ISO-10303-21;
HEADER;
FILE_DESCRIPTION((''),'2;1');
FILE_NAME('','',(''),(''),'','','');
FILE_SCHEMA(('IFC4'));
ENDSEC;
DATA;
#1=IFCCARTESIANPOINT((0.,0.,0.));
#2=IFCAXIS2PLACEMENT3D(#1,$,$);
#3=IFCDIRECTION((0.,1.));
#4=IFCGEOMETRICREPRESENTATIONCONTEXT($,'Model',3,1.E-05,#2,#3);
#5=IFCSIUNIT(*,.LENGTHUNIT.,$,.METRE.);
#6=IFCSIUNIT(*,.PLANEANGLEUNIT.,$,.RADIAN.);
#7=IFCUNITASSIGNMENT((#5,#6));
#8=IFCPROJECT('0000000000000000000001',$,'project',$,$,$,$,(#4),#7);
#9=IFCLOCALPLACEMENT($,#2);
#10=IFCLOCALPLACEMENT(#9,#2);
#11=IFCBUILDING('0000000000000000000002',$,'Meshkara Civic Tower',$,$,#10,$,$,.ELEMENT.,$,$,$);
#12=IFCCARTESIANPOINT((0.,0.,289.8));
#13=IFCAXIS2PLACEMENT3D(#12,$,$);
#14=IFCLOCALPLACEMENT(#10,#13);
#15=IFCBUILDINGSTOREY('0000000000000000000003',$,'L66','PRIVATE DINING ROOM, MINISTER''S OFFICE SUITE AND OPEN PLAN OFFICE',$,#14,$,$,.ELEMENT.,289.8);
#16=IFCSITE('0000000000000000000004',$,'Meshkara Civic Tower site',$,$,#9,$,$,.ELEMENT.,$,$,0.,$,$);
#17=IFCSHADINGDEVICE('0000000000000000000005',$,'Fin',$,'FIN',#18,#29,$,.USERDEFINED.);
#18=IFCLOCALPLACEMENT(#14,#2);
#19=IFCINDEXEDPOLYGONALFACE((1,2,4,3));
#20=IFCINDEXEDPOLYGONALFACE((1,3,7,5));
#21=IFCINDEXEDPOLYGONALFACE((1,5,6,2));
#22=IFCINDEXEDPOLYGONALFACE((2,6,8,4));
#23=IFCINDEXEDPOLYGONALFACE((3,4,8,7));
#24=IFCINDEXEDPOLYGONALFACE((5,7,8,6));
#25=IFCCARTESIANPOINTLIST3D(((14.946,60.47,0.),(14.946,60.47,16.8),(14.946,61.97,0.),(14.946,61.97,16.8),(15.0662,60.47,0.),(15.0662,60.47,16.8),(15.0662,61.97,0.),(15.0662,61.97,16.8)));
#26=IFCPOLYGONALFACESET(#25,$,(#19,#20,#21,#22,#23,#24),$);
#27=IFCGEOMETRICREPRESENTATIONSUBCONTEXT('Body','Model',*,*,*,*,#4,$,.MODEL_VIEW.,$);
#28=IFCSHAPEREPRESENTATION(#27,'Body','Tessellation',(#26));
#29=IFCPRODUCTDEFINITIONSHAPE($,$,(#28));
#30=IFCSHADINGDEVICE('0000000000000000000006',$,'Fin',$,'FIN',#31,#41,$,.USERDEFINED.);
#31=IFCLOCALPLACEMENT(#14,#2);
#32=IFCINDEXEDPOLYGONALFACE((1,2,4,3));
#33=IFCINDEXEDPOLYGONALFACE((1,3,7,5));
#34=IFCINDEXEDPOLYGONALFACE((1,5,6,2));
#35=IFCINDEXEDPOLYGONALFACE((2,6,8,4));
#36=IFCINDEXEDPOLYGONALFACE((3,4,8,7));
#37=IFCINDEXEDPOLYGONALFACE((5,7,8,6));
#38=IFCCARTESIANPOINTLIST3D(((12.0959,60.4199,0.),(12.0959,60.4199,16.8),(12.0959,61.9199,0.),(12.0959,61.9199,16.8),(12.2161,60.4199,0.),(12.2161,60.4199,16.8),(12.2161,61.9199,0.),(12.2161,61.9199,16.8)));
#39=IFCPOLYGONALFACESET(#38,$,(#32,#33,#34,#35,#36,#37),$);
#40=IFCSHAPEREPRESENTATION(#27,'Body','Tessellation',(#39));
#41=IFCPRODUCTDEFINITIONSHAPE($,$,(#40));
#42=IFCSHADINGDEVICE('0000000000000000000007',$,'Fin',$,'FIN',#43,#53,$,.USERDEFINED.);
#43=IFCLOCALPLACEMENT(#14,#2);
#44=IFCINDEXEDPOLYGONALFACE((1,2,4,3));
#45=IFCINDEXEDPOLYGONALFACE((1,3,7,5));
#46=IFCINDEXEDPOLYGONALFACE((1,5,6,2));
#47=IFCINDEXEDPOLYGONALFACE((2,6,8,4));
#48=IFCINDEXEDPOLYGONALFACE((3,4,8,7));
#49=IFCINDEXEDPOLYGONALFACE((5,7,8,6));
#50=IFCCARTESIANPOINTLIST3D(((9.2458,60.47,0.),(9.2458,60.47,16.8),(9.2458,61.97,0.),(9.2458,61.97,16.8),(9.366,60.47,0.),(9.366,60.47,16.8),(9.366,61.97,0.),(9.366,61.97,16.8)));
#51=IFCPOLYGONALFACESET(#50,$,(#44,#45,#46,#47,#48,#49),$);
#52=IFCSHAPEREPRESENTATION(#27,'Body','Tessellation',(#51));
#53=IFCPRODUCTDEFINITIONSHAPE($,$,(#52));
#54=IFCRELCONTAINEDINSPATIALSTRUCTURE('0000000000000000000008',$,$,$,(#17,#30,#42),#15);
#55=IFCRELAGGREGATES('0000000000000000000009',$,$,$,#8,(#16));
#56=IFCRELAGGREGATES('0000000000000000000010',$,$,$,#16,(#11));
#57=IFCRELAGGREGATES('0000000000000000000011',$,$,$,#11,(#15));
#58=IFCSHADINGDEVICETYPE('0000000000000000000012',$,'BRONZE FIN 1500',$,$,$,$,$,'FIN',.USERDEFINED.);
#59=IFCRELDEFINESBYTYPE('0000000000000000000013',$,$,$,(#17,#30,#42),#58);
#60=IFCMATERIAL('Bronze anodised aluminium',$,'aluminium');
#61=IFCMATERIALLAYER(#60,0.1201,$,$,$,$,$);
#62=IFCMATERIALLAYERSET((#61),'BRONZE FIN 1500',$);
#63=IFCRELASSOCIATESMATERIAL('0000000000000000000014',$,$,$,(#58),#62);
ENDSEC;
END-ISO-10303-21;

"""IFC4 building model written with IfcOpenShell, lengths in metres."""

from ifc_helpers import new_model, si_unit, direction, frame, origin, origin_2d, place, context, subcontext, project, spatial, rectangle, extrude, material, layer, layer_set, type_object, element, save


model = new_model("IFC4")

# Units and contexts
model_context = context("Model", 3, precision=1e-05, world=origin(), true_north=direction((0.0, 1.0)))
body_context = subcontext(model_context, "Body", "Model", "MODEL_VIEW")
ifc_project = project(units=[si_unit("LENGTHUNIT", "METRE"), si_unit("PLANEANGLEUNIT", "RADIAN")], contexts=[model_context])

# Site, building, storey
site_placement = place(None, origin())
site = spatial("IfcSite", under=ifc_project, at=site_placement, Name="Meshkara Civic Tower site", CompositionType="ELEMENT", RefElevation=0.0)
building_placement = place(site_placement, origin())
building = spatial("IfcBuilding", under=site, at=building_placement, Name="Meshkara Civic Tower", CompositionType="ELEMENT")
storey_placement = place(building_placement, frame((0.0, 0.0, 289.8)))
storey = spatial("IfcBuildingStorey", under=building, at=storey_placement, Name="L66", Description="PRIVATE DINING ROOM, MINISTER'S OFFICE SUITE AND OPEN PLAN OFFICE", CompositionType="ELEMENT", Elevation=289.8)

# Shading devices
ifc_material_1 = material(Name="Bronze anodised aluminium", Category="aluminium")
ifc_layer_1 = layer(ifc_material_1, 0.1201)
ifc_layer_set_1 = layer_set([ifc_layer_1], Name="BRONZE FIN 1500")
shading_device_type = type_object("IfcShadingDeviceType", Name="BRONZE FIN 1500", ElementType="FIN", PredefinedType="USERDEFINED", material=ifc_layer_set_1)
for number, where, z_axis, x_axis, name in (
    (1, (15.0061, 61.22, 0.0), (0.0, 0.0, 1.0), (-1.0, 0.0, 0.0), "Fin"),
    (2, (12.156, 61.1699, 0.0), (0.0, 0.0, 1.0), (-1.0, 0.0, 0.0), "Fin"),
    (3, (9.3059, 61.22, 0.0), (0.0, 0.0, 1.0), (-1.0, 0.0, 0.0), "Fin"),
):
    element("IfcShadingDevice", number, at=place(storey_placement, frame(where, z_axis=z_axis, x_axis=x_axis)), inside=storey, type_object=shading_device_type, Name=name, ObjectType="FIN", PredefinedType="USERDEFINED", context=body_context, shape_type="SweptSolid", body=[
        extrude(rectangle(XDim=0.1201, YDim=1.5, at=origin_2d()), origin(), (0.0, 0.0, 1.0), 16.8),
    ])

save(model, "model.ifc")
